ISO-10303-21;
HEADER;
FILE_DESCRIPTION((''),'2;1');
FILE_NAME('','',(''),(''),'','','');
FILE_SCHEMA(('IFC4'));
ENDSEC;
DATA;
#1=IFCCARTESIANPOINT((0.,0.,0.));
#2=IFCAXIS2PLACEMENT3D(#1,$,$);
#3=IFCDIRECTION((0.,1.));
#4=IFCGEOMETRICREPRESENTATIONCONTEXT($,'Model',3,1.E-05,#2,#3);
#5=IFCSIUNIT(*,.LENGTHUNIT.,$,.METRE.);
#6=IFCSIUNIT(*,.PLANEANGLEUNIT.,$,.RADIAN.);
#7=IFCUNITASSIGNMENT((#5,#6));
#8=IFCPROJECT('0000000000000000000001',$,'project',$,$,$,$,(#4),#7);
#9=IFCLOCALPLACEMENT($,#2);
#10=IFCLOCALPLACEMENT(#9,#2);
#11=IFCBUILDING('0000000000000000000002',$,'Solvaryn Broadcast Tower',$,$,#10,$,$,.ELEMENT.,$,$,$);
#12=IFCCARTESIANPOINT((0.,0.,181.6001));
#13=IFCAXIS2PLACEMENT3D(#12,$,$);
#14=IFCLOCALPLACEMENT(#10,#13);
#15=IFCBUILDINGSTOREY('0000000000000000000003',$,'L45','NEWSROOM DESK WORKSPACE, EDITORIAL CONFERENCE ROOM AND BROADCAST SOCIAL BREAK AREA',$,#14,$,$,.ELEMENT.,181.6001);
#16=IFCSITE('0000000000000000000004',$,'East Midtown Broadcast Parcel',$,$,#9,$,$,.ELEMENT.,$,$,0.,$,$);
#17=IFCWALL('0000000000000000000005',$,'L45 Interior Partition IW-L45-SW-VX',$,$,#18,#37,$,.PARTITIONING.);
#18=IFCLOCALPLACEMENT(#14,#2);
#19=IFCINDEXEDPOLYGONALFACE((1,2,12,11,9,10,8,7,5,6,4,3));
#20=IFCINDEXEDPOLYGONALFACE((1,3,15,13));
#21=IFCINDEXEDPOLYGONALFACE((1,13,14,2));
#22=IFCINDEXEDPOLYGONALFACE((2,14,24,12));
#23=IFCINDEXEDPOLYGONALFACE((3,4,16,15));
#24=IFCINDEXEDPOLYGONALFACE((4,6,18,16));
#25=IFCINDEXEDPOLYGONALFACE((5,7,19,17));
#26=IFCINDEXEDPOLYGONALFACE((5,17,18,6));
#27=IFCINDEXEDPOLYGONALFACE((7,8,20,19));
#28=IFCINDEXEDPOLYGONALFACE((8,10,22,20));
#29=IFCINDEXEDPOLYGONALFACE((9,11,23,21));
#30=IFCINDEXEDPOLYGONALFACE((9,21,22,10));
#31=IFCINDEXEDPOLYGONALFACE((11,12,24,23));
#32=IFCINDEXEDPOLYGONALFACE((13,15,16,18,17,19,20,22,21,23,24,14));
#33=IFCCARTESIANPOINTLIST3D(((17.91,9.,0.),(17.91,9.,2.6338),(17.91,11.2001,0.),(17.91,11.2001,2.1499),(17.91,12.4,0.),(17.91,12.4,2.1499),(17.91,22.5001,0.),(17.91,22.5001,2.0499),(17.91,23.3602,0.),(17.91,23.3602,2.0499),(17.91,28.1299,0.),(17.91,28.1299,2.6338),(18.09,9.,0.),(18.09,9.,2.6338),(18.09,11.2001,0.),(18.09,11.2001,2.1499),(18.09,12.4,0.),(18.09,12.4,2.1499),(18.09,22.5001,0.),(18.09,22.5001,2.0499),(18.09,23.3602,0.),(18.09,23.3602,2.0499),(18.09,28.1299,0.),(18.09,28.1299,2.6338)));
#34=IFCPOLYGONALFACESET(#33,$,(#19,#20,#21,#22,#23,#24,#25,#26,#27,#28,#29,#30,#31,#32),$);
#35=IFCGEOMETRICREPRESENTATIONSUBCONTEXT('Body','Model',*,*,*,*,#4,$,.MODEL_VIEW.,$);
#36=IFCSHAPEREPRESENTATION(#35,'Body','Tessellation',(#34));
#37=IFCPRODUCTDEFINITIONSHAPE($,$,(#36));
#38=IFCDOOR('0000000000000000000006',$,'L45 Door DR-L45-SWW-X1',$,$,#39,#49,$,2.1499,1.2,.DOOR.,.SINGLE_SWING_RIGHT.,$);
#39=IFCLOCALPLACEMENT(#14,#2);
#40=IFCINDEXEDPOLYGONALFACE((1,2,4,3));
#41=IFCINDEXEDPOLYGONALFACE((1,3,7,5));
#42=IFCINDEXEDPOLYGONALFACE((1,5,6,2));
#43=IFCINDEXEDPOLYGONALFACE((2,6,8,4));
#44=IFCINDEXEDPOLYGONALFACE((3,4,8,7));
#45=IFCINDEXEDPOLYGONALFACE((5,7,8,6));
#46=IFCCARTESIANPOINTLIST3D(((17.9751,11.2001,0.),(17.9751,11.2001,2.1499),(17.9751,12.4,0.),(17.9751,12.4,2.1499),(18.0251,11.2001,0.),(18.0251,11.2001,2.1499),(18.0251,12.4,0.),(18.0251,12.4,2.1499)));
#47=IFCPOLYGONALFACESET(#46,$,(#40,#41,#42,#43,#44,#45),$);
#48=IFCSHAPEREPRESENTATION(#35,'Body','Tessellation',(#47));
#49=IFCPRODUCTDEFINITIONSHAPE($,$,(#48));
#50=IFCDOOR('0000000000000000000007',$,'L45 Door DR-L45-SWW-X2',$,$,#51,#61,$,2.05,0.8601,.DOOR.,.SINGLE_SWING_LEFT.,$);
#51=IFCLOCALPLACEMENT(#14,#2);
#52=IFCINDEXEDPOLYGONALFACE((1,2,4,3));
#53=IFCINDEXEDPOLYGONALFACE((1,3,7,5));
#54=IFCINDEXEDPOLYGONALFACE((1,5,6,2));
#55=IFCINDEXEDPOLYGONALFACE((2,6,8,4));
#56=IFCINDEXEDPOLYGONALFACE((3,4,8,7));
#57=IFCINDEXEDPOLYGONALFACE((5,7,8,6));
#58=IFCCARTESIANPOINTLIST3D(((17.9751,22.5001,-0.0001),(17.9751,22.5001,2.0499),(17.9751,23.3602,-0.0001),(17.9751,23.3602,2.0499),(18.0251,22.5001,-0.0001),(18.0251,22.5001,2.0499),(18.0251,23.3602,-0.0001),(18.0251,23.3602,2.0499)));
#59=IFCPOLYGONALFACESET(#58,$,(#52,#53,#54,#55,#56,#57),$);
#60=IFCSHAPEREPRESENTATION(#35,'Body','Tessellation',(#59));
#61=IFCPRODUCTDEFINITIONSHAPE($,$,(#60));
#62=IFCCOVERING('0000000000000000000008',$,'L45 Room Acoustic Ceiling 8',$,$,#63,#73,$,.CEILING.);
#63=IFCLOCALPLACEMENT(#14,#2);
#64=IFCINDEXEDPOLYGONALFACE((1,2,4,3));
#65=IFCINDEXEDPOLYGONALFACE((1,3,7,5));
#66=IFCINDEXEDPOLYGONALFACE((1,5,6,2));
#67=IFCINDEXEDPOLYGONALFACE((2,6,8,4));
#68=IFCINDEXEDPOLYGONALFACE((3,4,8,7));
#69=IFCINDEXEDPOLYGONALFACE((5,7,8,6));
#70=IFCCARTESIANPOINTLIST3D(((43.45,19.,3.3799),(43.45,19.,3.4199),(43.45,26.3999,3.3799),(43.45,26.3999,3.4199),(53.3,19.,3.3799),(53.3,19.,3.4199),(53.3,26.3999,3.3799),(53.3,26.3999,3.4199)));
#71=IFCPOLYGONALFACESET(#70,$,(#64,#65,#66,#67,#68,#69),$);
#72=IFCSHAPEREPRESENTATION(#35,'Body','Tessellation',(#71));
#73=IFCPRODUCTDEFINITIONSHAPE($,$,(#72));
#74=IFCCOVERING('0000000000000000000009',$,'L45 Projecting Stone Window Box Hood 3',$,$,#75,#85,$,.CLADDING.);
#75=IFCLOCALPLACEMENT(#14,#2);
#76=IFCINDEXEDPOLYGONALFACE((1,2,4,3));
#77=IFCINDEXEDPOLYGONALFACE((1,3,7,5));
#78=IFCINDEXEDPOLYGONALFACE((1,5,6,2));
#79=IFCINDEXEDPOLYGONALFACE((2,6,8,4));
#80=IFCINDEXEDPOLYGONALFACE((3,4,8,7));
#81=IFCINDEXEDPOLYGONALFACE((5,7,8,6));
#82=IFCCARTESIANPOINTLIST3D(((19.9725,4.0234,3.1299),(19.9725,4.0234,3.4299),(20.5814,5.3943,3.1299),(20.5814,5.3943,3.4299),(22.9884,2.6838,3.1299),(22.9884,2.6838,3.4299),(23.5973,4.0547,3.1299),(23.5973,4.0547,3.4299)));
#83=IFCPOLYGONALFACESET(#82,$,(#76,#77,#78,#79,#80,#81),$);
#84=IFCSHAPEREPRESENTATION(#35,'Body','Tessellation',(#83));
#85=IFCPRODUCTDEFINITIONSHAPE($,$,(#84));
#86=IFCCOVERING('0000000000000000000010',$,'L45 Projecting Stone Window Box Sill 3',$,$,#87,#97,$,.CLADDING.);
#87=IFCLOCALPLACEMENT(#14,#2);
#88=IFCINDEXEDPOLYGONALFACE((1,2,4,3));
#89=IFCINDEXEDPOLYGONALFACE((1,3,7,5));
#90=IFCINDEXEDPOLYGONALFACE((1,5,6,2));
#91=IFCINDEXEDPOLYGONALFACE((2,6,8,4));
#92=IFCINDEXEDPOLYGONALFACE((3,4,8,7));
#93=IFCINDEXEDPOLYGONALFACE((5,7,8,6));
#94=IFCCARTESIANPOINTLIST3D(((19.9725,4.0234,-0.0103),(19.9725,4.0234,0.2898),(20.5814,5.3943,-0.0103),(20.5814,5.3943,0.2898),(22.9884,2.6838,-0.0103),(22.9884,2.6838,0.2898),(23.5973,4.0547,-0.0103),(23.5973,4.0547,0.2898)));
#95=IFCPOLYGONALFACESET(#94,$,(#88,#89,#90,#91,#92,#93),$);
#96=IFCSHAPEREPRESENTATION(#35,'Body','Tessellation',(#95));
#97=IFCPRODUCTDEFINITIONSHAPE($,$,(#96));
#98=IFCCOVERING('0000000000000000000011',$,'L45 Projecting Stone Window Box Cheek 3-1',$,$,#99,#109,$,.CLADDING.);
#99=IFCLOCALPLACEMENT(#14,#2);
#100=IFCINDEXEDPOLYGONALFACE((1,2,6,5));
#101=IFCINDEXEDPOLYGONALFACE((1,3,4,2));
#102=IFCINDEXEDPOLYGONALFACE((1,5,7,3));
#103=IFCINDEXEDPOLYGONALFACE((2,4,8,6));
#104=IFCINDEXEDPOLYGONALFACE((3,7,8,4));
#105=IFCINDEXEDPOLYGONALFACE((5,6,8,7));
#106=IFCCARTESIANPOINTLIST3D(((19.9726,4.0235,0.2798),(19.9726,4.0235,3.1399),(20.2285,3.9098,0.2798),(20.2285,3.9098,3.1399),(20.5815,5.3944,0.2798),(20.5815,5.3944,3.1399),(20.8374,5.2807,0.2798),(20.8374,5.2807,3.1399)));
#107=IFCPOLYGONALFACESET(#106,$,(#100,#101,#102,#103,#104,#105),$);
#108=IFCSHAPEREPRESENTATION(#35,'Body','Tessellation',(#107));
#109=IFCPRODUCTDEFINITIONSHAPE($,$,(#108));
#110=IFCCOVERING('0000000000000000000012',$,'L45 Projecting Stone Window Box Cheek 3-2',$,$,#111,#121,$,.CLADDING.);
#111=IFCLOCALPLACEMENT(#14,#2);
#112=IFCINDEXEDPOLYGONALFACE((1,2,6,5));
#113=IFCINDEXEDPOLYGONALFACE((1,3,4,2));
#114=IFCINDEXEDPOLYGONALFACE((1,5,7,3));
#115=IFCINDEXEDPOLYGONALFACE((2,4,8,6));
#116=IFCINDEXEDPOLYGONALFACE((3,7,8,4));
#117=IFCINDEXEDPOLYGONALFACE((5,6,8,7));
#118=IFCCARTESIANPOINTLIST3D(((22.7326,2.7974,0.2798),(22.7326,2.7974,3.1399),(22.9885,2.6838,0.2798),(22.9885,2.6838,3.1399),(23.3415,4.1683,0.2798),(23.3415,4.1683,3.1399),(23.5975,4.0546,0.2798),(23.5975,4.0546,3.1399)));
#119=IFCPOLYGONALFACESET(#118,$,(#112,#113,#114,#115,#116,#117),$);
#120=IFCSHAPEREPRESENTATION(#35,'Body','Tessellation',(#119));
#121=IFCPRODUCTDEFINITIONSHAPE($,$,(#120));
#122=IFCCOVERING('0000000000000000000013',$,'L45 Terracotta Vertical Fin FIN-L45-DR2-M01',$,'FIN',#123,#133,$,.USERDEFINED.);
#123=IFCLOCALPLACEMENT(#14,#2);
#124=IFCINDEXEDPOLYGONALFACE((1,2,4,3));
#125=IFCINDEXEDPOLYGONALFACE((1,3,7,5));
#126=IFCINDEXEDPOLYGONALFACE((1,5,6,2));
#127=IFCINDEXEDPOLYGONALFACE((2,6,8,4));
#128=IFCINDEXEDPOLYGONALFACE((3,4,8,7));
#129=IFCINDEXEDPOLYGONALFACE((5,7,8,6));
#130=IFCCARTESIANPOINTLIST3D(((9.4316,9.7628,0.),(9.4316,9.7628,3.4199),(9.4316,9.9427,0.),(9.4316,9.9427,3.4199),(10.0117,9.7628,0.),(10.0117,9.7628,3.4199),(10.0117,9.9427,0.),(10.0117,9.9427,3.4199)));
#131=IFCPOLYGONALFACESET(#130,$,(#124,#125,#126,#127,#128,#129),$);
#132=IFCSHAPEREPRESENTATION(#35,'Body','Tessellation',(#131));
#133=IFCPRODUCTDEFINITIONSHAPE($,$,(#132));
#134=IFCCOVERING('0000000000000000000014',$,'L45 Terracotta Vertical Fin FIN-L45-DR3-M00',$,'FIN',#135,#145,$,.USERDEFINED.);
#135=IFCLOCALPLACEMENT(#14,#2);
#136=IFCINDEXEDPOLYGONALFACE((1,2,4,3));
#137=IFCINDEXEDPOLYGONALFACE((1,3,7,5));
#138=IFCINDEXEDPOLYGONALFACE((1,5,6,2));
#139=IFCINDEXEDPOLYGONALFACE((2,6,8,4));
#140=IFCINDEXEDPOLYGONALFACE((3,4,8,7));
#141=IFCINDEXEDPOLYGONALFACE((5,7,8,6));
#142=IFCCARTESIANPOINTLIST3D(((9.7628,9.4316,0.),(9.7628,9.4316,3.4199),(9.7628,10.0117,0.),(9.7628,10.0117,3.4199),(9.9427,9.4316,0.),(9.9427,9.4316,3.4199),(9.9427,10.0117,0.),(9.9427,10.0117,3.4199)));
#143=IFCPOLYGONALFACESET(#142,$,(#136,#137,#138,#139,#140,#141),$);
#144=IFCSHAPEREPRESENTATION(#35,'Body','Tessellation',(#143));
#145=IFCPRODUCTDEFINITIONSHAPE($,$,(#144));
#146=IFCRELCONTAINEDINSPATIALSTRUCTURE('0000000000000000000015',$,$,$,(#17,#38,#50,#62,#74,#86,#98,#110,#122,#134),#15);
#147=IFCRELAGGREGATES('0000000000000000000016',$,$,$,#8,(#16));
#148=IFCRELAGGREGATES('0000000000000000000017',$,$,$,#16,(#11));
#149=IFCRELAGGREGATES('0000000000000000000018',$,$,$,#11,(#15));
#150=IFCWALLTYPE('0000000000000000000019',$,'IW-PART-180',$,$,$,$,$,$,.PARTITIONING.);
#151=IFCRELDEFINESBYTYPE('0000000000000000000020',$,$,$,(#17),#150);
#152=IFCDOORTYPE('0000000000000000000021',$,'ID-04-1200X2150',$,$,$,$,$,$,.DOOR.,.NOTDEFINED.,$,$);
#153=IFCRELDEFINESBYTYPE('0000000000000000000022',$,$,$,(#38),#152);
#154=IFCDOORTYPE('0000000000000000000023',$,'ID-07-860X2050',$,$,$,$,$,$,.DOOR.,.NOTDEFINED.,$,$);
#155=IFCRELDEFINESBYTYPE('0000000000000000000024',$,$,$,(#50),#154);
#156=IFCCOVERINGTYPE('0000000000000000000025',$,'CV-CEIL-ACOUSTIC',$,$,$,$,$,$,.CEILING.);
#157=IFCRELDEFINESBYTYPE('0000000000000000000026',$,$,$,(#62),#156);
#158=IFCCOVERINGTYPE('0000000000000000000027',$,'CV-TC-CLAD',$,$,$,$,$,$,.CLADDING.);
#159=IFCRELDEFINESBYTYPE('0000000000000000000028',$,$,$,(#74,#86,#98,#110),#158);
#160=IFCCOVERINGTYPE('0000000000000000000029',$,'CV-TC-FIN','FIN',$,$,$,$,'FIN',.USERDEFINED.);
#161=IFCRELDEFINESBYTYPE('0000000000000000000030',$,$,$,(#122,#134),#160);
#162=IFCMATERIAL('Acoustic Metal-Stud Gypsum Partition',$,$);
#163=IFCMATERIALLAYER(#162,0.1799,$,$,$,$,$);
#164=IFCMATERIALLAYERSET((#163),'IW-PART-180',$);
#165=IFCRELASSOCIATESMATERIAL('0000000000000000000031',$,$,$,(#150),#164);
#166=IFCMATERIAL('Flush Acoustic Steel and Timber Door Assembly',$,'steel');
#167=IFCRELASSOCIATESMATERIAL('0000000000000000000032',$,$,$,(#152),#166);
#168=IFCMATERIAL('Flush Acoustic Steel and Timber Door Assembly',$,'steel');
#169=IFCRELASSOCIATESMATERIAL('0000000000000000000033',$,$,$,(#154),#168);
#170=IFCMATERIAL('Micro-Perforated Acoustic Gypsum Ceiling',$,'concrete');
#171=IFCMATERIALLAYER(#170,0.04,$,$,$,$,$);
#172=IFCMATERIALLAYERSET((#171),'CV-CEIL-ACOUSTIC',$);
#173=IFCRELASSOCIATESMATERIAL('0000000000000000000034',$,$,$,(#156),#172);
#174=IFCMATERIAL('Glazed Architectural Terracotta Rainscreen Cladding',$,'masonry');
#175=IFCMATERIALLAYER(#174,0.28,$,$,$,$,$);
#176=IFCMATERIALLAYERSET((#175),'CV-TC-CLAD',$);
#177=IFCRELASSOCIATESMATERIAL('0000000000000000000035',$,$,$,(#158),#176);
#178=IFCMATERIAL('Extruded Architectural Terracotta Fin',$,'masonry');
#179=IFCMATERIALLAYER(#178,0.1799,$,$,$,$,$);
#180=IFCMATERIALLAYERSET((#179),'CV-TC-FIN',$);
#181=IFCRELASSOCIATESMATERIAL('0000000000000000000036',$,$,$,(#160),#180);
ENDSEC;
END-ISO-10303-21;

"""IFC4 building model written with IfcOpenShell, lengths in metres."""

from ifc_helpers import new_model, si_unit, direction, frame, frame_2d, origin, origin_2d, place, context, subcontext, project, spatial, polyline, rectangle, outline, extrude, material, layer, layer_set, type_object, element, fill, save


model = new_model("IFC4")

# Units and contexts
model_context = context("Model", 3, precision=1e-05, world=origin(), true_north=direction((0.0, 1.0)))
body_context = subcontext(model_context, "Body", "Model", "MODEL_VIEW")
ifc_project = project(units=[si_unit("LENGTHUNIT", "METRE"), si_unit("PLANEANGLEUNIT", "RADIAN")], contexts=[model_context])

# Site, building, storey
site_placement = place(None, origin())
site = spatial("IfcSite", under=ifc_project, at=site_placement, Name="East Midtown Broadcast Parcel", CompositionType="ELEMENT", RefElevation=0.0)
building_placement = place(site_placement, origin())
building = spatial("IfcBuilding", under=site, at=building_placement, Name="Solvaryn Broadcast Tower", CompositionType="ELEMENT")
storey_placement = place(building_placement, frame((0.0, 0.0, 181.6001)))
storey = spatial("IfcBuildingStorey", under=building, at=storey_placement, Name="L45", Description="NEWSROOM DESK WORKSPACE, EDITORIAL CONFERENCE ROOM AND BROADCAST SOCIAL BREAK AREA", CompositionType="ELEMENT", Elevation=181.6001)

# Wall, openings, doors
ifc_material_1 = material(Name="Acoustic Metal-Stud Gypsum Partition")
ifc_layer_1 = layer(ifc_material_1, 0.1799)
ifc_layer_set_1 = layer_set([ifc_layer_1], Name="IW-PART-180")
wall_type_1 = type_object("IfcWallType", Name="IW-PART-180", PredefinedType="PARTITIONING", material=ifc_layer_set_1)
wall_1_placement = place(storey_placement, frame((18.0, 9.0, 0.0), z_axis=(0.0, 0.0, 1.0), x_axis=(0.0, 1.0, 0.0)))
wall_1 = element("IfcWall", 1, at=wall_1_placement, inside=storey, type_object=wall_type_1, Name="L45 Interior Partition IW-L45-SW-VX", PredefinedType="PARTITIONING", context=body_context, shape_type="SweptSolid", body=[
    extrude(rectangle(XDim=19.1299, YDim=0.1799, at=frame_2d((9.5649, 0.0))), origin(), (0.0, 0.0, 1.0), 2.6338),
])
opening_1_placement = place(wall_1_placement, frame((2.2, 0.0, 0.0)))
opening_1 = element("IfcOpeningElement", 2, at=opening_1_placement, cuts=wall_1, PredefinedType="OPENING", context=body_context, shape_type="SweptSolid", body=[
    extrude(rectangle(XDim=1.2, YDim=2.1499, at=frame_2d((0.6001, 1.075))), frame((0.0, 0.0999, 0.0), z_axis=(0.0, -1.0, 0.0), x_axis=(1.0, 0.0, 0.0)), (0.0, 0.0, 1.0), 0.2),
])
opening_2_placement = place(wall_1_placement, frame((13.5, 0.0, 0.0)))
opening_2 = element("IfcOpeningElement", 3, at=opening_2_placement, cuts=wall_1, PredefinedType="OPENING", context=body_context, shape_type="SweptSolid", body=[
    extrude(rectangle(XDim=0.8601, YDim=2.05, at=frame_2d((0.4302, 1.0249))), frame((0.0, 0.0999, 0.0), z_axis=(0.0, -1.0, 0.0), x_axis=(1.0, 0.0, 0.0)), (0.0, 0.0, 1.0), 0.2),
])
ifc_material_2 = material(Name="Flush Acoustic Steel and Timber Door Assembly", Category="steel")
door_type_1 = type_object("IfcDoorType", Name="ID-04-1200X2150", OperationType="NOTDEFINED", PredefinedType="DOOR", material=ifc_material_2)
door_1_placement = place(opening_1_placement, origin())
door_1 = element("IfcDoor", 4, at=door_1_placement, inside=storey, type_object=door_type_1, Name="L45 Door DR-L45-SWW-X1", OperationType="SINGLE_SWING_RIGHT", OverallHeight=2.1499, OverallWidth=1.2, PredefinedType="DOOR", context=body_context, shape_type="SweptSolid", body=[
    extrude(rectangle(XDim=1.2, YDim=2.1499, at=frame_2d((0.6001, 1.075))), frame((0.0, 0.0249, 0.0), z_axis=(0.0, -1.0, 0.0), x_axis=(1.0, 0.0, 0.0)), (0.0, 0.0, 1.0), 0.05),
])
fill(opening_1, door_1)
ifc_material_3 = material(Name="Flush Acoustic Steel and Timber Door Assembly", Category="steel")
door_type_2 = type_object("IfcDoorType", Name="ID-07-860X2050", OperationType="NOTDEFINED", PredefinedType="DOOR", material=ifc_material_3)
door_2_placement = place(opening_2_placement, origin())
door_2 = element("IfcDoor", 5, at=door_2_placement, inside=storey, type_object=door_type_2, Name="L45 Door DR-L45-SWW-X2", OperationType="SINGLE_SWING_LEFT", OverallHeight=2.05, OverallWidth=0.8601, PredefinedType="DOOR", context=body_context, shape_type="SweptSolid", body=[
    extrude(rectangle(XDim=0.8601, YDim=2.05, at=frame_2d((0.4302, 1.0249))), frame((0.0, 0.0249, 0.0), z_axis=(0.0, -1.0, 0.0), x_axis=(1.0, 0.0, 0.0)), (0.0, 0.0, 1.0), 0.05),
])
fill(opening_2, door_2)

# Coverings
ifc_material_4 = material(Name="Micro-Perforated Acoustic Gypsum Ceiling", Category="concrete")
ifc_layer_2 = layer(ifc_material_4, 0.04)
ifc_layer_set_2 = layer_set([ifc_layer_2], Name="CV-CEIL-ACOUSTIC")
covering_type_1 = type_object("IfcCoveringType", Name="CV-CEIL-ACOUSTIC", PredefinedType="CEILING", material=ifc_layer_set_2)
covering_1_placement = place(storey_placement, frame((0.0, 0.0, 3.3799)))
element("IfcCovering", 6, at=covering_1_placement, inside=storey, type_object=covering_type_1, Name="L45 Room Acoustic Ceiling 8", PredefinedType="CEILING", context=body_context, shape_type="SweptSolid", body=[
    extrude(outline(polyline([(43.45, 19.0), (53.3, 19.0), (53.3, 26.3999), (43.45, 26.3999), (43.45, 19.0)])), origin(), (0.0, 0.0, 1.0), 0.04),
])
ifc_material_5 = material(Name="Glazed Architectural Terracotta Rainscreen Cladding", Category="masonry")
ifc_layer_3 = layer(ifc_material_5, 0.28)
ifc_layer_set_3 = layer_set([ifc_layer_3], Name="CV-TC-CLAD")
covering_type_2 = type_object("IfcCoveringType", Name="CV-TC-CLAD", PredefinedType="CLADDING", material=ifc_layer_set_3)
for number, where, z_axis, x_axis, name in (
    (7, (21.7849, 4.0391, 3.1299), (0.0, 0.0, 1.0), (0.9139, -0.405939, 0.0), "L45 Projecting Stone Window Box Hood 3"),
    (8, (21.7849, 4.0391, -0.0103), (0.0, 0.0, 1.0), (0.9139, -0.405939, 0.0), "L45 Projecting Stone Window Box Sill 3"),
):
    element("IfcCovering", number, at=place(storey_placement, frame(where, z_axis=z_axis, x_axis=x_axis)), inside=storey, type_object=covering_type_2, Name=name, PredefinedType="CLADDING", context=body_context, shape_type="SweptSolid", body=[
        extrude(rectangle(XDim=3.3, YDim=1.5, at=origin_2d()), origin(), (0.0, 0.0, 1.0), 0.3),
    ])
for number, where, z_axis, x_axis, name in (
    (9, (20.405, 4.6521, 0.2798), (0.0, 0.0, 1.0), (0.9139, -0.405939, 0.0), "L45 Projecting Stone Window Box Cheek 3-1"),
    (10, (23.165, 3.426, 0.2798), (0.0, 0.0, 1.0), (0.9139, -0.405939, 0.0), "L45 Projecting Stone Window Box Cheek 3-2"),
):
    element("IfcCovering", number, at=place(storey_placement, frame(where, z_axis=z_axis, x_axis=x_axis)), inside=storey, type_object=covering_type_2, Name=name, PredefinedType="CLADDING", context=body_context, shape_type="SweptSolid", body=[
        extrude(rectangle(XDim=0.28, YDim=1.5, at=origin_2d()), origin(), (0.0, 0.0, 1.0), 2.8601),
    ])
ifc_material_6 = material(Name="Extruded Architectural Terracotta Fin", Category="masonry")
ifc_layer_4 = layer(ifc_material_6, 0.1799)
ifc_layer_set_4 = layer_set([ifc_layer_4], Name="CV-TC-FIN")
covering_type_3 = type_object("IfcCoveringType", Name="CV-TC-FIN", Description="FIN", ElementType="FIN", PredefinedType="USERDEFINED", material=ifc_layer_set_4)
covering_2_placement = place(storey_placement, frame((9.7217, 9.8528, 0.0), z_axis=(0.0, 0.0, 1.0), x_axis=(1.0, 0.0, 0.0)))
element("IfcCovering", 11, at=covering_2_placement, inside=storey, type_object=covering_type_3, Name="L45 Terracotta Vertical Fin FIN-L45-DR2-M01", ObjectType="FIN", PredefinedType="USERDEFINED", context=body_context, shape_type="SweptSolid", body=[
    extrude(rectangle(XDim=0.5801, YDim=0.1799, at=origin_2d()), origin(), (0.0, 0.0, 1.0), 3.4199),
])
covering_3_placement = place(storey_placement, frame((9.8528, 9.7217, 0.0), z_axis=(0.0, 0.0, 1.0), x_axis=(1.0, 0.0, 0.0)))
element("IfcCovering", 12, at=covering_3_placement, inside=storey, type_object=covering_type_3, Name="L45 Terracotta Vertical Fin FIN-L45-DR3-M00", ObjectType="FIN", PredefinedType="USERDEFINED", context=body_context, shape_type="SweptSolid", body=[
    extrude(rectangle(XDim=0.1799, YDim=0.5801, at=origin_2d()), origin(), (0.0, 0.0, 1.0), 3.4199),
])

save(model, "model.ifc")
